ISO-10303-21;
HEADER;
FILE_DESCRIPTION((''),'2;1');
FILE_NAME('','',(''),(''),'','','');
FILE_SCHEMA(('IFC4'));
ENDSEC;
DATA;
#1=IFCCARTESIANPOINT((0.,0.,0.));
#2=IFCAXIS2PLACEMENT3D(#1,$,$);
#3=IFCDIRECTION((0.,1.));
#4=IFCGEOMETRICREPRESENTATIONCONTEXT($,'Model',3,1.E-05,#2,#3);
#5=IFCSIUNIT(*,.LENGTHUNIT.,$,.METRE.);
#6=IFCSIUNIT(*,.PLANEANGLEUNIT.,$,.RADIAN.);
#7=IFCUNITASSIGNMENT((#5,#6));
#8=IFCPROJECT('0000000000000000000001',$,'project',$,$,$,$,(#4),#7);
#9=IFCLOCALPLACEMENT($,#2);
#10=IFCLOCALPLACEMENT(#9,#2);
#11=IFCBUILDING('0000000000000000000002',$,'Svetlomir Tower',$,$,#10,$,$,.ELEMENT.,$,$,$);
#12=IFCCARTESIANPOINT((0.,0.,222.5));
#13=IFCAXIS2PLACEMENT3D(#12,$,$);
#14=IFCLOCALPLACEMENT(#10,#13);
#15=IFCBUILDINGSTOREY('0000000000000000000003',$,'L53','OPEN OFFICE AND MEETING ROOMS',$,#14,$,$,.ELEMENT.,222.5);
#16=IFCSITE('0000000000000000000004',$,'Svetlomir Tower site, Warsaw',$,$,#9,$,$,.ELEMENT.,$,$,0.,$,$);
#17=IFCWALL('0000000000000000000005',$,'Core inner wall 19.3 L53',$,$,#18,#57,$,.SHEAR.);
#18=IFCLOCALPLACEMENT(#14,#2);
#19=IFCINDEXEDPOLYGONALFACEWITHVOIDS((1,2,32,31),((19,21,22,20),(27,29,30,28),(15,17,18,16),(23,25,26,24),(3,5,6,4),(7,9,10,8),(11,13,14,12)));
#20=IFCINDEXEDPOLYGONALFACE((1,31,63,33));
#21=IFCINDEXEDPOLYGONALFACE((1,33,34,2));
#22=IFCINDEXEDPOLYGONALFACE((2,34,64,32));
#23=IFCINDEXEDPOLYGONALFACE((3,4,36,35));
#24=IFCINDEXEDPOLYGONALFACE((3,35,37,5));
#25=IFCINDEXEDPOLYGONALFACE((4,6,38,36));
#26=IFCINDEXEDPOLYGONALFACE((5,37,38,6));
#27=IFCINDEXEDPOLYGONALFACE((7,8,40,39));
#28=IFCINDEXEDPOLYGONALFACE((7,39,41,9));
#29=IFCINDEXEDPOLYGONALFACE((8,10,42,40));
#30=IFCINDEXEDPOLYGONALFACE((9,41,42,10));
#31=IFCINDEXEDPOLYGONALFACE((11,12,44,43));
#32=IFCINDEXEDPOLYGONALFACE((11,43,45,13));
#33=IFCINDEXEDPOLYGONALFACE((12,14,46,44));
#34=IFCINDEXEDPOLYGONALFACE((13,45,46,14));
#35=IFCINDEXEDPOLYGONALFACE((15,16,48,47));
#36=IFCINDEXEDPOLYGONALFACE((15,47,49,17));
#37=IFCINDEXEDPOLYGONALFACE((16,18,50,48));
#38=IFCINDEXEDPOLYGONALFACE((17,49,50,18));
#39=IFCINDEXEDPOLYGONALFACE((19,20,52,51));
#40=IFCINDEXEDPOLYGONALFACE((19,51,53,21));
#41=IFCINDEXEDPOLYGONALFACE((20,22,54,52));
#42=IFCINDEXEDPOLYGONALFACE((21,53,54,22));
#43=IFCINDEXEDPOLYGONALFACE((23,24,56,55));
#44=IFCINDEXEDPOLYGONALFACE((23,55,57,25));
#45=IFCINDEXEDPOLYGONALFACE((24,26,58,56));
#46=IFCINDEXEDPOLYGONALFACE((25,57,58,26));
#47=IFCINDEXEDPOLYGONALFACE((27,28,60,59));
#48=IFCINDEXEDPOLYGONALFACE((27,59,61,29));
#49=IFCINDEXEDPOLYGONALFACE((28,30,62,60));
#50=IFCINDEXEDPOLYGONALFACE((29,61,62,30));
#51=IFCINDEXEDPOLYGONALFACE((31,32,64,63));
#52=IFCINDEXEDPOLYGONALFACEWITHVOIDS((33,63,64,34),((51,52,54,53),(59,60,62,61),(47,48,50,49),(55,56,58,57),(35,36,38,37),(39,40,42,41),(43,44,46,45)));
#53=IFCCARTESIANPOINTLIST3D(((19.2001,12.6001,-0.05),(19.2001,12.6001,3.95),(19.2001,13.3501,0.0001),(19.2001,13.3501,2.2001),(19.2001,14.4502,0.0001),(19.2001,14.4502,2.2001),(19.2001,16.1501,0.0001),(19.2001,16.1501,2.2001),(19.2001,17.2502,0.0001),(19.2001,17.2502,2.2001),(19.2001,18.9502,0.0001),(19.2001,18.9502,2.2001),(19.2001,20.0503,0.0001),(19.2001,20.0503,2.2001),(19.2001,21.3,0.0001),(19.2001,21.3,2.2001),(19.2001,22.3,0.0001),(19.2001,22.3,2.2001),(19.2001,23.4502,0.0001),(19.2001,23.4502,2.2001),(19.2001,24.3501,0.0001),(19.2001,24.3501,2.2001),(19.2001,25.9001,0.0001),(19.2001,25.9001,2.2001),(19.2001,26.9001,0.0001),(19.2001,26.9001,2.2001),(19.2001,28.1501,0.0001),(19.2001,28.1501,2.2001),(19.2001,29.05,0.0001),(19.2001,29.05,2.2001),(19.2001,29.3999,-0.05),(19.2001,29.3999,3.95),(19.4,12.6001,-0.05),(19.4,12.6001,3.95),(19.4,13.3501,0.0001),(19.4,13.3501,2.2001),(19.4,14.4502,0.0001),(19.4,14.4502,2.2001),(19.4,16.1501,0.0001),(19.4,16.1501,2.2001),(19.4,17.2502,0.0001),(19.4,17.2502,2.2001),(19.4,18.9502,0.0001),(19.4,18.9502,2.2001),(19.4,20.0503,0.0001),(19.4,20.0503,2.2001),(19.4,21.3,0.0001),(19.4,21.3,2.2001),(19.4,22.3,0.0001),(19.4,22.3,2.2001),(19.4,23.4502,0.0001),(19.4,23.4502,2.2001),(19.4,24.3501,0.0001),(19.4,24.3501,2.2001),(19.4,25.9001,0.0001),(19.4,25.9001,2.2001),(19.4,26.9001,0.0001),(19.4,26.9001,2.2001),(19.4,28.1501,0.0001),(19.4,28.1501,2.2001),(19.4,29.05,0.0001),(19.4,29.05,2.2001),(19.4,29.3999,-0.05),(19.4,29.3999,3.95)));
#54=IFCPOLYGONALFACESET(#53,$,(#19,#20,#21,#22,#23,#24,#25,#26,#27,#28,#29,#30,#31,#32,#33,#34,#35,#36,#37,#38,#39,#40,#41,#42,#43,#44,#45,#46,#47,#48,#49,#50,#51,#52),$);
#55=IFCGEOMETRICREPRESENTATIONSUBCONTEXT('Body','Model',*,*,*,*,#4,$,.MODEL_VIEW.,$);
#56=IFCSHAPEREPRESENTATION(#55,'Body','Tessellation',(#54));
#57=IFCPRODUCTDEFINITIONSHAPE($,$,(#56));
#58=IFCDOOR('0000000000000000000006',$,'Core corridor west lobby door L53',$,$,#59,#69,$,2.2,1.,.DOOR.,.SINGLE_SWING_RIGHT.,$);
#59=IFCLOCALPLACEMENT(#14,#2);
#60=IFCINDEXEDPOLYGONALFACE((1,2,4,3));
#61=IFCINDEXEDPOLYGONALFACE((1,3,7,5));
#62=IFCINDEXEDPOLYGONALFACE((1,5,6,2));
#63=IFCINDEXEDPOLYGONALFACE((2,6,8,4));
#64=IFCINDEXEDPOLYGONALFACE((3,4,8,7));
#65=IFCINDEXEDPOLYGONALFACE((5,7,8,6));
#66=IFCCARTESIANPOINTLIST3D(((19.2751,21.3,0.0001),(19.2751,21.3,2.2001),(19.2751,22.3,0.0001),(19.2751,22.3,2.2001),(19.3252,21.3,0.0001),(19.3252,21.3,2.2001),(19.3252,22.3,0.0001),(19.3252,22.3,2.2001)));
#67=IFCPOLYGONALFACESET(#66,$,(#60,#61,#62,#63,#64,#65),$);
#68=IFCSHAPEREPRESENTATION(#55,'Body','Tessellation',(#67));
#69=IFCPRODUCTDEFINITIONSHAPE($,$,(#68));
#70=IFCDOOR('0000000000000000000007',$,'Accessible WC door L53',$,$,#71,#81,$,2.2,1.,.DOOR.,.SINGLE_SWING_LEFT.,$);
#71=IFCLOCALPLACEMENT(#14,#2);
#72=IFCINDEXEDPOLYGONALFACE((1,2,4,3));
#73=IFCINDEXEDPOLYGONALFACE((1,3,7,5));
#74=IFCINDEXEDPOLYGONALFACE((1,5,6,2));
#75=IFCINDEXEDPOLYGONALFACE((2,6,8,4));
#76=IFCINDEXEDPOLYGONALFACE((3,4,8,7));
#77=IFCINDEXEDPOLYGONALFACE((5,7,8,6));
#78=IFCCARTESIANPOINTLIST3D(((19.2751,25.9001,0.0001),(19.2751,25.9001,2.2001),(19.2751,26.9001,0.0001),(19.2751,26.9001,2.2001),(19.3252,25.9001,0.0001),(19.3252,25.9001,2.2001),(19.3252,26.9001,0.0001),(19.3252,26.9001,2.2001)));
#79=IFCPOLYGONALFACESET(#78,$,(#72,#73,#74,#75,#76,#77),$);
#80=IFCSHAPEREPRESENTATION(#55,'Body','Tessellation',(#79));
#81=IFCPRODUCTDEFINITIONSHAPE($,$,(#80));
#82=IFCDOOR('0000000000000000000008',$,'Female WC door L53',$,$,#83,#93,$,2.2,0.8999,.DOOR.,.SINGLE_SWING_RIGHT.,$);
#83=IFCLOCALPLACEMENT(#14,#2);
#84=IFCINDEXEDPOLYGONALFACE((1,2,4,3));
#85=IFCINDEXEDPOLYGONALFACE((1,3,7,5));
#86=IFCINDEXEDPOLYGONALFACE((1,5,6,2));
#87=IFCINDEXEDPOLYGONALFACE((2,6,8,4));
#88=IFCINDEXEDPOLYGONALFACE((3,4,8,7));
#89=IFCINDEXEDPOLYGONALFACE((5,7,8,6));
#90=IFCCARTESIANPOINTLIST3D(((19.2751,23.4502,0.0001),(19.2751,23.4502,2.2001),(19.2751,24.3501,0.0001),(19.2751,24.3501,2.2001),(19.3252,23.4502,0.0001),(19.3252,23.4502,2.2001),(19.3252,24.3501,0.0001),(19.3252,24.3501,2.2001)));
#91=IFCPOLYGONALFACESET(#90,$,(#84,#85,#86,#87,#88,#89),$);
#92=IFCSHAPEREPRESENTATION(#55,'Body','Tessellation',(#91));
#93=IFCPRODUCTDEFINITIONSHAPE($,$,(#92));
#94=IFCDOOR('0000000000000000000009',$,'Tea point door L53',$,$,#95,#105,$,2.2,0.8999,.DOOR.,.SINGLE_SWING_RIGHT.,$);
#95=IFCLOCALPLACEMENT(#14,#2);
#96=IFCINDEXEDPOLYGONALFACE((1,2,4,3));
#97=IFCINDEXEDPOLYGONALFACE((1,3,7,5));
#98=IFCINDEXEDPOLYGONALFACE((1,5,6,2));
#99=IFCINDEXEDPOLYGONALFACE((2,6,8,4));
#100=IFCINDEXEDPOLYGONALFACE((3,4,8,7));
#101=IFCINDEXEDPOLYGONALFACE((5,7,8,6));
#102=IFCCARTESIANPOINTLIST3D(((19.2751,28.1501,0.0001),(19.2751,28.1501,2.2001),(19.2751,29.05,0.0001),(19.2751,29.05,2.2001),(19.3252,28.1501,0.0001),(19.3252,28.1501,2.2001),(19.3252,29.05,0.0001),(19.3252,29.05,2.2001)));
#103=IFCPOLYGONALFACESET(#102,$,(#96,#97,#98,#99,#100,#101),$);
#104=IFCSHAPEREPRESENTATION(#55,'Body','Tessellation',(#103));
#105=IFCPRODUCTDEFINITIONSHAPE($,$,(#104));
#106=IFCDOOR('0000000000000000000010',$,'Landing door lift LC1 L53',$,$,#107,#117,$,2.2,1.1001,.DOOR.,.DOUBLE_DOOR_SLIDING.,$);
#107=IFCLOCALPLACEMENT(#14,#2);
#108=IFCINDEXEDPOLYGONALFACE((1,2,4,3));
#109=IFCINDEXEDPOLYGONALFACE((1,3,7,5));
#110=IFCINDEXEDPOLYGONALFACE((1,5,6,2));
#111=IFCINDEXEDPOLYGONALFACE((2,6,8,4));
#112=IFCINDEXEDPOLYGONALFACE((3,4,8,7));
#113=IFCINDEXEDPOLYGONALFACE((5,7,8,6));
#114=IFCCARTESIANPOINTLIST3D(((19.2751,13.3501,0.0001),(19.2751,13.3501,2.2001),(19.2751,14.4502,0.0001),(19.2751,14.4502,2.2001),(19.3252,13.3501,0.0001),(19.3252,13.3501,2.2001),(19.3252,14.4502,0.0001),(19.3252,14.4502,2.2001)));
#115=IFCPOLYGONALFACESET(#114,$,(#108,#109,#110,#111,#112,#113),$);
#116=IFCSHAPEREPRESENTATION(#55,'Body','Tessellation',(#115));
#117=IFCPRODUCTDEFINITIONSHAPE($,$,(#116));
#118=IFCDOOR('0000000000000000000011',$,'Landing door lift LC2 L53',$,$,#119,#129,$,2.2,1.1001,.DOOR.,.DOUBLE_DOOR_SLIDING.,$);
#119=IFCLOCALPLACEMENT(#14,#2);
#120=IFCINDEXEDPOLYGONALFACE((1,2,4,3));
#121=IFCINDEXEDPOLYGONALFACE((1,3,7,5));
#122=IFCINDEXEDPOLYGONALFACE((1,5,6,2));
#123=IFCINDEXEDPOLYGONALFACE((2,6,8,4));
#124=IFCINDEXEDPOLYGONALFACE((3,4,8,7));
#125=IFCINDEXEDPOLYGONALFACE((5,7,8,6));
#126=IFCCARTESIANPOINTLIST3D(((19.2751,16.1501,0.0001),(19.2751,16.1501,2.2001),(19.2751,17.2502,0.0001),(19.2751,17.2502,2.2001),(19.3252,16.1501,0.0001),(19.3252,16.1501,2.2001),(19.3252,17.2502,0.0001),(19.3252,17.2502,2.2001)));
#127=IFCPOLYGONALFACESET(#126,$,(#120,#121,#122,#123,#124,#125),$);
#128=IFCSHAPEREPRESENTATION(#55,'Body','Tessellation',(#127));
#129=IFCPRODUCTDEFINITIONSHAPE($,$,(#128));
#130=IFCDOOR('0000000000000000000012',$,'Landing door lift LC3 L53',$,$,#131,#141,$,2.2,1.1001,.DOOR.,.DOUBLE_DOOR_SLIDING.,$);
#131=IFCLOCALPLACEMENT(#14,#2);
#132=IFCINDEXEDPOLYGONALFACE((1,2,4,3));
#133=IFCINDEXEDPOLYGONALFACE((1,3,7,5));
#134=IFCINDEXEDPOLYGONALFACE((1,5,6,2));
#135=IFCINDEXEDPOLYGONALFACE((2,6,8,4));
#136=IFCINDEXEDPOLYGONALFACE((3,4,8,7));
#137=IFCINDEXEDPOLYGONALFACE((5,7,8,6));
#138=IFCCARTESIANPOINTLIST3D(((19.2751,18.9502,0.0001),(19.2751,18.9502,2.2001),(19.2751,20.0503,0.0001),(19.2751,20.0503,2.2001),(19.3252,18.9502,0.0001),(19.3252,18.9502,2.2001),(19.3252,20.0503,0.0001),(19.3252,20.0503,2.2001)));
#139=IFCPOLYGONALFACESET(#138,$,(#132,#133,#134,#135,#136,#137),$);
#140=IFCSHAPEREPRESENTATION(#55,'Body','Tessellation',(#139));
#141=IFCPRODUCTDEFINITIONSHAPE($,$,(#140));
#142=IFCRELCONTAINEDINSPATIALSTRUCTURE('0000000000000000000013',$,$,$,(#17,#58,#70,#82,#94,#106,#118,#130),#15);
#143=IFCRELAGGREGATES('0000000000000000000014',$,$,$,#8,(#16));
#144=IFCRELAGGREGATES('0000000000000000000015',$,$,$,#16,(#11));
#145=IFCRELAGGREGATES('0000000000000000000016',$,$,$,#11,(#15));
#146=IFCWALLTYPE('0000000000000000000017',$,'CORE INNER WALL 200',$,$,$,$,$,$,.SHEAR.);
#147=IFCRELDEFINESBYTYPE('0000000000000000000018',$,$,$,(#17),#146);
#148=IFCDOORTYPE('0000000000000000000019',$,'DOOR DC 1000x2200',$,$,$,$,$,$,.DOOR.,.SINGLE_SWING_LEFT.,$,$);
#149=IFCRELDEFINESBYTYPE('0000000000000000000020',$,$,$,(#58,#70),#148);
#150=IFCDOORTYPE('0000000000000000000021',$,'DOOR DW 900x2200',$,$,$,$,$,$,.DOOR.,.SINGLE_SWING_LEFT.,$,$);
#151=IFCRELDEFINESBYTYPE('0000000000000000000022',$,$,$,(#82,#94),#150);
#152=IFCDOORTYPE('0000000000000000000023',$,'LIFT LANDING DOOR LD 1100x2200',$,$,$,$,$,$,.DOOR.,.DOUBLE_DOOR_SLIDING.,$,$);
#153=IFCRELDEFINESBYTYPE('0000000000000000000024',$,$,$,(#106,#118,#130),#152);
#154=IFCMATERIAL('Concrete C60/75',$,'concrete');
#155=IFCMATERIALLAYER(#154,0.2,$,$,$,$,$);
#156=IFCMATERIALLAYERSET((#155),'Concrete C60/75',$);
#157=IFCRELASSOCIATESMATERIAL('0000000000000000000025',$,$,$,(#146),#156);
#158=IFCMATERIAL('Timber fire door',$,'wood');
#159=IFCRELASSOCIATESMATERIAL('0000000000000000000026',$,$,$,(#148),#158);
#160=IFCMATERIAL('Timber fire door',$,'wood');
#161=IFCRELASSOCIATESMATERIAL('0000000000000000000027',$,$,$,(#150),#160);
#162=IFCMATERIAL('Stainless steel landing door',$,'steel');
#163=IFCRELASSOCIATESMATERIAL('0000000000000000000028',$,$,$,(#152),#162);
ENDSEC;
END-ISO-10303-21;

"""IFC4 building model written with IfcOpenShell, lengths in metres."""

from ifc_helpers import new_model, si_unit, direction, frame, frame_2d, origin, place, context, subcontext, project, spatial, rectangle, extrude, material, layer, layer_set, type_object, element, fill, save


model = new_model("IFC4")

# Units and contexts
model_context = context("Model", 3, precision=1e-05, world=origin(), true_north=direction((0.0, 1.0)))
body_context = subcontext(model_context, "Body", "Model", "MODEL_VIEW")
ifc_project = project(units=[si_unit("LENGTHUNIT", "METRE"), si_unit("PLANEANGLEUNIT", "RADIAN")], contexts=[model_context])

# Site, building, storey
site_placement = place(None, origin())
site = spatial("IfcSite", under=ifc_project, at=site_placement, Name="Svetlomir Tower site, Warsaw", CompositionType="ELEMENT", RefElevation=0.0)
building_placement = place(site_placement, origin())
building = spatial("IfcBuilding", under=site, at=building_placement, Name="Svetlomir Tower", CompositionType="ELEMENT")
storey_placement = place(building_placement, frame((0.0, 0.0, 222.5)))
storey = spatial("IfcBuildingStorey", under=building, at=storey_placement, Name="L53", Description="OPEN OFFICE AND MEETING ROOMS", CompositionType="ELEMENT", Elevation=222.5)

# Shared definitions
ifc_material_1 = material(Name="Concrete C60/75", Category="concrete")
ifc_layer_1 = layer(ifc_material_1, 0.2)
ifc_layer_set_1 = layer_set([ifc_layer_1], Name="Concrete C60/75")
wall_type_1 = type_object("IfcWallType", Name="CORE INNER WALL 200", PredefinedType="SHEAR", material=ifc_layer_set_1)

# Wall, openings, doors
wall_1_placement = place(storey_placement, frame((19.3, 12.6001, -0.05), z_axis=(0.0, 0.0, 1.0), x_axis=(0.0, 1.0, 0.0)))
wall_1 = element("IfcWall", 1, at=wall_1_placement, inside=storey, type_object=wall_type_1, Name="Core inner wall 19.3 L53", PredefinedType="SHEAR", context=body_context, shape_type="SweptSolid", body=[
    extrude(rectangle(XDim=16.7998, YDim=0.2, at=frame_2d((8.3999, 0.0))), origin(), (0.0, 0.0, 1.0), 4.0),
])
opening_1_placement = place(wall_1_placement, frame((8.7, 0.0, 0.05)))
opening_1 = element("IfcOpeningElement", 2, at=opening_1_placement, cuts=wall_1, PredefinedType="OPENING", context=body_context, shape_type="SweptSolid", body=[
    extrude(rectangle(XDim=1.0, YDim=2.2, at=frame_2d((0.5, 1.1001))), frame((0.0, 0.1099, 0.0), z_axis=(0.0, -1.0, 0.0), x_axis=(1.0, 0.0, 0.0)), (0.0, 0.0, 1.0), 0.22),
])
opening_2_placement = place(wall_1_placement, frame((10.8501, 0.0, 0.05)))
opening_2 = element("IfcOpeningElement", 3, at=opening_2_placement, cuts=wall_1, PredefinedType="OPENING", context=body_context, shape_type="SweptSolid", body=[
    extrude(rectangle(XDim=0.8999, YDim=2.2, at=frame_2d((0.45, 1.1001))), frame((0.0, 0.1099, 0.0), z_axis=(0.0, -1.0, 0.0), x_axis=(1.0, 0.0, 0.0)), (0.0, 0.0, 1.0), 0.22),
])
opening_3_placement = place(wall_1_placement, frame((13.3, 0.0, 0.05)))
opening_3 = element("IfcOpeningElement", 4, at=opening_3_placement, cuts=wall_1, PredefinedType="OPENING", context=body_context, shape_type="SweptSolid", body=[
    extrude(rectangle(XDim=1.0, YDim=2.2, at=frame_2d((0.5, 1.1001))), frame((0.0, 0.1099, 0.0), z_axis=(0.0, -1.0, 0.0), x_axis=(1.0, 0.0, 0.0)), (0.0, 0.0, 1.0), 0.22),
])
opening_4_placement = place(wall_1_placement, frame((15.55, 0.0, 0.05)))
opening_4 = element("IfcOpeningElement", 5, at=opening_4_placement, cuts=wall_1, PredefinedType="OPENING", context=body_context, shape_type="SweptSolid", body=[
    extrude(rectangle(XDim=0.8999, YDim=2.2, at=frame_2d((0.45, 1.1001))), frame((0.0, 0.1099, 0.0), z_axis=(0.0, -1.0, 0.0), x_axis=(1.0, 0.0, 0.0)), (0.0, 0.0, 1.0), 0.22),
])
opening_5_placement = place(wall_1_placement, frame((0.75, 0.0, 0.05)))
opening_5 = element("IfcOpeningElement", 6, at=opening_5_placement, cuts=wall_1, PredefinedType="OPENING", context=body_context, shape_type="SweptSolid", body=[
    extrude(rectangle(XDim=1.1001, YDim=2.2, at=frame_2d((0.55, 1.1001))), frame((0.0, 0.1099, 0.0), z_axis=(0.0, -1.0, 0.0), x_axis=(1.0, 0.0, 0.0)), (0.0, 0.0, 1.0), 0.22),
])
opening_6_placement = place(wall_1_placement, frame((3.55, 0.0, 0.05)))
opening_6 = element("IfcOpeningElement", 7, at=opening_6_placement, cuts=wall_1, PredefinedType="OPENING", context=body_context, shape_type="SweptSolid", body=[
    extrude(rectangle(XDim=1.1001, YDim=2.2, at=frame_2d((0.55, 1.1001))), frame((0.0, 0.1099, 0.0), z_axis=(0.0, -1.0, 0.0), x_axis=(1.0, 0.0, 0.0)), (0.0, 0.0, 1.0), 0.22),
])
opening_7_placement = place(wall_1_placement, frame((6.3501, 0.0, 0.05)))
opening_7 = element("IfcOpeningElement", 8, at=opening_7_placement, cuts=wall_1, PredefinedType="OPENING", context=body_context, shape_type="SweptSolid", body=[
    extrude(rectangle(XDim=1.1001, YDim=2.2, at=frame_2d((0.55, 1.1001))), frame((0.0, 0.1099, 0.0), z_axis=(0.0, -1.0, 0.0), x_axis=(1.0, 0.0, 0.0)), (0.0, 0.0, 1.0), 0.22),
])
ifc_material_2 = material(Name="Timber fire door", Category="wood")
door_type_1 = type_object("IfcDoorType", Name="DOOR DC 1000x2200", OperationType="SINGLE_SWING_LEFT", PredefinedType="DOOR", material=ifc_material_2)
door_1_placement = place(opening_1_placement, origin())
door_1 = element("IfcDoor", 9, at=door_1_placement, inside=storey, type_object=door_type_1, Name="Core corridor west lobby door L53", OperationType="SINGLE_SWING_RIGHT", OverallHeight=2.2, OverallWidth=1.0, PredefinedType="DOOR", context=body_context, shape_type="SweptSolid", body=[
    extrude(rectangle(XDim=1.0, YDim=2.2, at=frame_2d((0.5, 1.1001))), frame((0.0, 0.0249, 0.0), z_axis=(0.0, -1.0, 0.0), x_axis=(1.0, 0.0, 0.0)), (0.0, 0.0, 1.0), 0.05),
])
fill(opening_1, door_1)
door_2_placement = place(opening_3_placement, origin())
door_2 = element("IfcDoor", 10, at=door_2_placement, inside=storey, type_object=door_type_1, Name="Accessible WC door L53", OperationType="SINGLE_SWING_LEFT", OverallHeight=2.2, OverallWidth=1.0, PredefinedType="DOOR", context=body_context, shape_type="SweptSolid", body=[
    extrude(rectangle(XDim=1.0, YDim=2.2, at=frame_2d((0.5, 1.1001))), frame((0.0, 0.0249, 0.0), z_axis=(0.0, -1.0, 0.0), x_axis=(1.0, 0.0, 0.0)), (0.0, 0.0, 1.0), 0.05),
])
fill(opening_3, door_2)
ifc_material_3 = material(Name="Timber fire door", Category="wood")
door_type_2 = type_object("IfcDoorType", Name="DOOR DW 900x2200", OperationType="SINGLE_SWING_LEFT", PredefinedType="DOOR", material=ifc_material_3)
door_3_placement = place(opening_2_placement, origin())
door_3 = element("IfcDoor", 11, at=door_3_placement, inside=storey, type_object=door_type_2, Name="Female WC door L53", OperationType="SINGLE_SWING_RIGHT", OverallHeight=2.2, OverallWidth=0.8999, PredefinedType="DOOR", context=body_context, shape_type="SweptSolid", body=[
    extrude(rectangle(XDim=0.8999, YDim=2.2, at=frame_2d((0.45, 1.1001))), frame((0.0, 0.0249, 0.0), z_axis=(0.0, -1.0, 0.0), x_axis=(1.0, 0.0, 0.0)), (0.0, 0.0, 1.0), 0.05),
])
fill(opening_2, door_3)
door_4_placement = place(opening_4_placement, origin())
door_4 = element("IfcDoor", 12, at=door_4_placement, inside=storey, type_object=door_type_2, Name="Tea point door L53", OperationType="SINGLE_SWING_RIGHT", OverallHeight=2.2, OverallWidth=0.8999, PredefinedType="DOOR", context=body_context, shape_type="SweptSolid", body=[
    extrude(rectangle(XDim=0.8999, YDim=2.2, at=frame_2d((0.45, 1.1001))), frame((0.0, 0.0249, 0.0), z_axis=(0.0, -1.0, 0.0), x_axis=(1.0, 0.0, 0.0)), (0.0, 0.0, 1.0), 0.05),
])
fill(opening_4, door_4)
ifc_material_4 = material(Name="Stainless steel landing door", Category="steel")
door_type_3 = type_object("IfcDoorType", Name="LIFT LANDING DOOR LD 1100x2200", OperationType="DOUBLE_DOOR_SLIDING", PredefinedType="DOOR", material=ifc_material_4)
door_5_placement = place(opening_5_placement, origin())
door_5 = element("IfcDoor", 13, at=door_5_placement, inside=storey, type_object=door_type_3, Name="Landing door lift LC1 L53", OperationType="DOUBLE_DOOR_SLIDING", OverallHeight=2.2, OverallWidth=1.1001, PredefinedType="DOOR", context=body_context, shape_type="SweptSolid", body=[
    extrude(rectangle(XDim=1.1001, YDim=2.2, at=frame_2d((0.55, 1.1001))), frame((0.0, 0.0249, 0.0), z_axis=(0.0, -1.0, 0.0), x_axis=(1.0, 0.0, 0.0)), (0.0, 0.0, 1.0), 0.05),
])
fill(opening_5, door_5)
door_6_placement = place(opening_6_placement, origin())
door_6 = element("IfcDoor", 14, at=door_6_placement, inside=storey, type_object=door_type_3, Name="Landing door lift LC2 L53", OperationType="DOUBLE_DOOR_SLIDING", OverallHeight=2.2, OverallWidth=1.1001, PredefinedType="DOOR", context=body_context, shape_type="SweptSolid", body=[
    extrude(rectangle(XDim=1.1001, YDim=2.2, at=frame_2d((0.55, 1.1001))), frame((0.0, 0.0249, 0.0), z_axis=(0.0, -1.0, 0.0), x_axis=(1.0, 0.0, 0.0)), (0.0, 0.0, 1.0), 0.05),
])
fill(opening_6, door_6)
door_7_placement = place(opening_7_placement, origin())
door_7 = element("IfcDoor", 15, at=door_7_placement, inside=storey, type_object=door_type_3, Name="Landing door lift LC3 L53", OperationType="DOUBLE_DOOR_SLIDING", OverallHeight=2.2, OverallWidth=1.1001, PredefinedType="DOOR", context=body_context, shape_type="SweptSolid", body=[
    extrude(rectangle(XDim=1.1001, YDim=2.2, at=frame_2d((0.55, 1.1001))), frame((0.0, 0.0249, 0.0), z_axis=(0.0, -1.0, 0.0), x_axis=(1.0, 0.0, 0.0)), (0.0, 0.0, 1.0), 0.05),
])
fill(opening_7, door_7)

save(model, "model.ifc")
